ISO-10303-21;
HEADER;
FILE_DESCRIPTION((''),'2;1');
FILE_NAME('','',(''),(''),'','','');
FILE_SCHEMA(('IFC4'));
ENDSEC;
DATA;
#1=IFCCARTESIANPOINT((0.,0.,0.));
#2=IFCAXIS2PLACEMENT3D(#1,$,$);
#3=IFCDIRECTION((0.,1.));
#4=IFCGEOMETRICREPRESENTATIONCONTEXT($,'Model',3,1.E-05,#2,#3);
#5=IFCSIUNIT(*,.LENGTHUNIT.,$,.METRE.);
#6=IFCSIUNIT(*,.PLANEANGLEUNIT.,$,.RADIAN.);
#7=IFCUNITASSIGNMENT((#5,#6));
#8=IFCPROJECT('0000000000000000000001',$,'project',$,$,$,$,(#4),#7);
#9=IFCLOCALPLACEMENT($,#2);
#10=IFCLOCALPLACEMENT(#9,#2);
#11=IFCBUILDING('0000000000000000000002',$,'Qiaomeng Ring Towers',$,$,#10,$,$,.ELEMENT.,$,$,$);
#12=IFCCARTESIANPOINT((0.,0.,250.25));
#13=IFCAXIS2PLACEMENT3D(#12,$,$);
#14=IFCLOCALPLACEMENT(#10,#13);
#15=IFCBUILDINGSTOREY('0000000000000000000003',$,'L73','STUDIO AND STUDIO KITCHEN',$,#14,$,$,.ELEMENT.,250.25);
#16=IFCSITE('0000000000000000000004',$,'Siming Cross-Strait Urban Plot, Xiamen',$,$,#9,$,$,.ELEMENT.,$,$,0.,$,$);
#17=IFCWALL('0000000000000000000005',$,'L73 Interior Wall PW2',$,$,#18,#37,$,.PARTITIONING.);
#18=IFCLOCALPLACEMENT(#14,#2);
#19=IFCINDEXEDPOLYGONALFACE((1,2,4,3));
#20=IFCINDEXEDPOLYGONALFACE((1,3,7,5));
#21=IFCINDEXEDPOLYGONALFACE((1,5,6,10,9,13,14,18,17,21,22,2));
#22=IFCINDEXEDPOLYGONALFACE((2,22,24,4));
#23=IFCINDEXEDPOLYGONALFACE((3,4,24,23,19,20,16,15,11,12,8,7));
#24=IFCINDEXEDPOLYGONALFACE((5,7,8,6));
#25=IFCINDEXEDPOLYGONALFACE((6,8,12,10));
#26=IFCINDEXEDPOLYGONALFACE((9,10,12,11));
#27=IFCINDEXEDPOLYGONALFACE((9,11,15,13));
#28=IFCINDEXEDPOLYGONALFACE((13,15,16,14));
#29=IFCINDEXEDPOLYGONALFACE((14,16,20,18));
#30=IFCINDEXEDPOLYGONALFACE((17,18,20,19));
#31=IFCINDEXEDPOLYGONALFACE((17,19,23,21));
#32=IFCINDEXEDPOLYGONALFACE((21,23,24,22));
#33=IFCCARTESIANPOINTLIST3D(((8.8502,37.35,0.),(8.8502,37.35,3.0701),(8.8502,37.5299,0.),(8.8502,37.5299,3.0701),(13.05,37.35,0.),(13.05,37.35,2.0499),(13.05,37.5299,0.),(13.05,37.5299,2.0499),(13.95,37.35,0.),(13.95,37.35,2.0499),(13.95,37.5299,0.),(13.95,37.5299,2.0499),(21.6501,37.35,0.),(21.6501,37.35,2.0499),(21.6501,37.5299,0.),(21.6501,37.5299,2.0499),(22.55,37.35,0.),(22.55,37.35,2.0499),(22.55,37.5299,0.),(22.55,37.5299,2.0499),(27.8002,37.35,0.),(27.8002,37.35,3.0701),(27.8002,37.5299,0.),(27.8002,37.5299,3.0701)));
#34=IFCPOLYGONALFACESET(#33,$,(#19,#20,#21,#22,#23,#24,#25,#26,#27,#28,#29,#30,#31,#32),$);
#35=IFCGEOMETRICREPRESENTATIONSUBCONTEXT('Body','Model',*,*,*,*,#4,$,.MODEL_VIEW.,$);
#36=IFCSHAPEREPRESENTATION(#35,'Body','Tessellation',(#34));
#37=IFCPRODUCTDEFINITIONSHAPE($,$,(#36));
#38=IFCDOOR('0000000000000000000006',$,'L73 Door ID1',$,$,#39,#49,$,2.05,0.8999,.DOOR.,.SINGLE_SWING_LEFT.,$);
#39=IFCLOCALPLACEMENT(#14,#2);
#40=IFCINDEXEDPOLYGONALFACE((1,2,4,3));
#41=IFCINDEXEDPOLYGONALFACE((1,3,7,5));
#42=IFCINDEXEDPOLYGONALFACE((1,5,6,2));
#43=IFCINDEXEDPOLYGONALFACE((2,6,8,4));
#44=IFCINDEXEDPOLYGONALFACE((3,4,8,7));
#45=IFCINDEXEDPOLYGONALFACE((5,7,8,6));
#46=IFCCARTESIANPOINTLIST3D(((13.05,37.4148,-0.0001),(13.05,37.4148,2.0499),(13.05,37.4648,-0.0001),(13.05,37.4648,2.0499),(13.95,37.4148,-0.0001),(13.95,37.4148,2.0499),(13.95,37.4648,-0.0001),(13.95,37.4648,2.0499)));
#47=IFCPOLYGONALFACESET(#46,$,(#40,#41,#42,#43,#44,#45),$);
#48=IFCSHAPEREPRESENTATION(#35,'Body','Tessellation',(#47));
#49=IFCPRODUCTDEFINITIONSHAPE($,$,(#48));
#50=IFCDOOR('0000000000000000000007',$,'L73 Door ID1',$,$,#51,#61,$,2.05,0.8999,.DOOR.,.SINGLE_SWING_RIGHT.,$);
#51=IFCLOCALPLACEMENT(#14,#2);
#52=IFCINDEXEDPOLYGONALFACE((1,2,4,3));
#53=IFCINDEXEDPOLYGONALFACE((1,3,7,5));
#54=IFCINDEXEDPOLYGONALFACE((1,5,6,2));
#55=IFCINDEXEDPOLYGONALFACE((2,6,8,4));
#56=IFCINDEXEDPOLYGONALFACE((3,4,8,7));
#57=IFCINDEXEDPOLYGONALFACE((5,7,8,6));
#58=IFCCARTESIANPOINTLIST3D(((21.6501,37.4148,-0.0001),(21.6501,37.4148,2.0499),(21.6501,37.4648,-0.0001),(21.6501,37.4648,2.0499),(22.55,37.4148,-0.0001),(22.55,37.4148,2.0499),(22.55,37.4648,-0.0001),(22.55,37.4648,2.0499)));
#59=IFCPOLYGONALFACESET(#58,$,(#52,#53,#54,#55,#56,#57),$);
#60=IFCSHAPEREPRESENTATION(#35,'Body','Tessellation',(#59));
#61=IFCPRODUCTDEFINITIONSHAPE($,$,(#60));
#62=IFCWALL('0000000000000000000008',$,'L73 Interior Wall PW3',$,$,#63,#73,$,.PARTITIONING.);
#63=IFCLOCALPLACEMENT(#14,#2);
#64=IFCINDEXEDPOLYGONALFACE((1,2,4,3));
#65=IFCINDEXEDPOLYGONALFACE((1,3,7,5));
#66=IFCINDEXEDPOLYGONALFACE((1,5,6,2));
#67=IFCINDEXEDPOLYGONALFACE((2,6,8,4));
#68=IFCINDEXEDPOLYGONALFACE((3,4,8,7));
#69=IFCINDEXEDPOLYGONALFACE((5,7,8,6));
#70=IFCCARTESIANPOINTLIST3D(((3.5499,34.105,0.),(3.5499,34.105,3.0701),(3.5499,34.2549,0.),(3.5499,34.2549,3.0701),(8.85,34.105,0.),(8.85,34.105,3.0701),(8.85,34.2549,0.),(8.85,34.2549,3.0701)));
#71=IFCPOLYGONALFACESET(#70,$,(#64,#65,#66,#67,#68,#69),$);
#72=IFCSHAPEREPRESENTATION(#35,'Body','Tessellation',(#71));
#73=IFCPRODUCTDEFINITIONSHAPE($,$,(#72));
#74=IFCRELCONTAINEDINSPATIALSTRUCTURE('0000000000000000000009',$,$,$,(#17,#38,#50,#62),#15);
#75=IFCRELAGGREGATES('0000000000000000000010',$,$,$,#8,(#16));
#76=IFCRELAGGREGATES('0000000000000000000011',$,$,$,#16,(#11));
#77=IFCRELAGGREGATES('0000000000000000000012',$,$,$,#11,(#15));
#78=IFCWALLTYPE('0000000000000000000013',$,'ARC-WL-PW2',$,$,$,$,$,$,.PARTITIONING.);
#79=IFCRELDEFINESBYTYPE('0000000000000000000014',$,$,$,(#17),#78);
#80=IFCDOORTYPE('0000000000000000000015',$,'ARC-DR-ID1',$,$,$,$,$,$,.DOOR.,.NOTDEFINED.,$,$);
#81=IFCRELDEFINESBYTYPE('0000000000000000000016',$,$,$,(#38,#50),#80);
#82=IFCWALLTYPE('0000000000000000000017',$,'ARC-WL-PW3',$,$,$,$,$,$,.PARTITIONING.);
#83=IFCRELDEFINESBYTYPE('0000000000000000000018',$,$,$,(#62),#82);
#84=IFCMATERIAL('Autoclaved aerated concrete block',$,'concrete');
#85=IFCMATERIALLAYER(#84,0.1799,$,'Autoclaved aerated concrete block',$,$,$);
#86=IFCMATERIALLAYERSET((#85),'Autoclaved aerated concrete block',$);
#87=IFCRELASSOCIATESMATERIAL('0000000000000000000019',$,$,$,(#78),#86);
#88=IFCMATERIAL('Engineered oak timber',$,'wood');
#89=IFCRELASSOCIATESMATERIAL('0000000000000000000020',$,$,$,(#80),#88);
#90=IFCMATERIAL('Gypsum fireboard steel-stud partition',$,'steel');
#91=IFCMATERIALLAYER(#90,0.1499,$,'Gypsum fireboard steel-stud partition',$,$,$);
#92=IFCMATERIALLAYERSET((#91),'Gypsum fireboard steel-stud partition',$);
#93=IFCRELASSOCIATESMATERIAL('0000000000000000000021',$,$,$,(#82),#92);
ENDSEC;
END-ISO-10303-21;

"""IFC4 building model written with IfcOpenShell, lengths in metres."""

from ifc_helpers import new_model, si_unit, direction, frame, frame_2d, origin, place, context, subcontext, project, spatial, rectangle, extrude, source, transform, mapped, material, layer, layer_set, type_object, element, fill, save


model = new_model("IFC4")

# Units and contexts
model_context = context("Model", 3, precision=1e-05, world=origin(), true_north=direction((0.0, 1.0)))
body_context = subcontext(model_context, "Body", "Model", "MODEL_VIEW")
ifc_project = project(units=[si_unit("LENGTHUNIT", "METRE"), si_unit("PLANEANGLEUNIT", "RADIAN")], contexts=[model_context])

# Site, building, storey
site_placement = place(None, origin())
site = spatial("IfcSite", under=ifc_project, at=site_placement, Name="Siming Cross-Strait Urban Plot, Xiamen", CompositionType="ELEMENT", RefElevation=0.0)
building_placement = place(site_placement, origin())
building = spatial("IfcBuilding", under=site, at=building_placement, Name="Qiaomeng Ring Towers", CompositionType="ELEMENT")
storey_placement = place(building_placement, frame((0.0, 0.0, 250.25)))
storey = spatial("IfcBuildingStorey", under=building, at=storey_placement, Name="L73", Description="STUDIO AND STUDIO KITCHEN", CompositionType="ELEMENT", Elevation=250.25)

# Shared definitions
ifc_material_1 = material(Name="Autoclaved aerated concrete block", Category="concrete")
ifc_layer_1 = layer(ifc_material_1, 0.1799, Name="Autoclaved aerated concrete block")
ifc_layer_set_1 = layer_set([ifc_layer_1], Name="Autoclaved aerated concrete block")
wall_type_1 = type_object("IfcWallType", Name="ARC-WL-PW2", PredefinedType="PARTITIONING", material=ifc_layer_set_1)

# Wall, openings, doors
wall_1_placement = place(storey_placement, frame((8.8501, 37.4399, 0.0), z_axis=(0.0, 0.0, 1.0), x_axis=(1.0, 0.0, 0.0)))
wall_1 = element("IfcWall", 1, at=wall_1_placement, inside=storey, type_object=wall_type_1, Name="L73 Interior Wall PW2", PredefinedType="PARTITIONING", context=body_context, shape_type="SweptSolid", body=[
    extrude(rectangle(XDim=18.95, YDim=0.1799, at=frame_2d((9.4751, 0.0))), origin(), (0.0, 0.0, 1.0), 3.0701),
])
opening_1_placement = place(wall_1_placement, frame((4.2, 0.0, 0.0)))
opening_1 = element("IfcOpeningElement", 2, at=opening_1_placement, cuts=wall_1, PredefinedType="OPENING", context=body_context, shape_type="SweptSolid", body=[
    extrude(rectangle(XDim=0.8999, YDim=2.05, at=frame_2d((0.45, 1.0249))), frame((0.0, 0.0999, 0.0), z_axis=(0.0, -1.0, 0.0), x_axis=(1.0, 0.0, 0.0)), (0.0, 0.0, 1.0), 0.2),
])
opening_2_placement = place(wall_1_placement, frame((12.8, 0.0, 0.0)))
opening_2 = element("IfcOpeningElement", 3, at=opening_2_placement, cuts=wall_1, PredefinedType="OPENING", context=body_context, shape_type="SweptSolid", body=[
    extrude(rectangle(XDim=0.8999, YDim=2.05, at=frame_2d((0.45, 1.0249))), frame((0.0, 0.0999, 0.0), z_axis=(0.0, -1.0, 0.0), x_axis=(1.0, 0.0, 0.0)), (0.0, 0.0, 1.0), 0.2),
])
ifc_material_2 = material(Name="Engineered oak timber", Category="wood")
door_type_1 = type_object("IfcDoorType", Name="ARC-DR-ID1", OperationType="NOTDEFINED", PredefinedType="DOOR", material=ifc_material_2)
shared_shape_1 = source(origin(), body_context, "Body", "SweptSolid", [
    extrude(rectangle(XDim=0.8999, YDim=2.05, at=frame_2d((0.45, 1.0249))), frame((0.0, 0.0249, 0.0), z_axis=(0.0, -1.0, 0.0), x_axis=(1.0, 0.0, 0.0)), (0.0, 0.0, 1.0), 0.05),
])
door_1_placement = place(opening_1_placement, origin())
door_1 = element("IfcDoor", 4, at=door_1_placement, inside=storey, type_object=door_type_1, Name="L73 Door ID1", OperationType="SINGLE_SWING_LEFT", OverallHeight=2.05, OverallWidth=0.8999, PredefinedType="DOOR", context=body_context, shape_type="MappedRepresentation", body=[
    mapped(shared_shape_1, transform((0.0, 0.0, 0.0), x_axis=(1.0, 0.0, 0.0), y_axis=(0.0, 1.0, 0.0), z_axis=(0.0, 0.0, 1.0), scale=1.0)),
])
fill(opening_1, door_1)
door_2_placement = place(opening_2_placement, origin())
door_2 = element("IfcDoor", 5, at=door_2_placement, inside=storey, type_object=door_type_1, Name="L73 Door ID1", OperationType="SINGLE_SWING_RIGHT", OverallHeight=2.05, OverallWidth=0.8999, PredefinedType="DOOR", context=body_context, shape_type="MappedRepresentation", body=[
    mapped(shared_shape_1, transform((0.0, 0.0, 0.0), x_axis=(1.0, 0.0, 0.0), y_axis=(0.0, 1.0, 0.0), z_axis=(0.0, 0.0, 1.0), scale=1.0)),
])
fill(opening_2, door_2)

# Wall
ifc_material_3 = material(Name="Gypsum fireboard steel-stud partition", Category="steel")
ifc_layer_2 = layer(ifc_material_3, 0.1499, Name="Gypsum fireboard steel-stud partition")
ifc_layer_set_2 = layer_set([ifc_layer_2], Name="Gypsum fireboard steel-stud partition")
wall_type_2 = type_object("IfcWallType", Name="ARC-WL-PW3", PredefinedType="PARTITIONING", material=ifc_layer_set_2)
wall_2_placement = place(storey_placement, frame((3.55, 34.1799, 0.0), z_axis=(0.0, 0.0, 1.0), x_axis=(1.0, 0.0, 0.0)))
element("IfcWall", 6, at=wall_2_placement, inside=storey, type_object=wall_type_2, Name="L73 Interior Wall PW3", PredefinedType="PARTITIONING", context=body_context, shape_type="SweptSolid", body=[
    extrude(rectangle(XDim=5.3, YDim=0.1499, at=frame_2d((2.6499, 0.0))), origin(), (0.0, 0.0, 1.0), 3.0701),
])

save(model, "model.ifc")
